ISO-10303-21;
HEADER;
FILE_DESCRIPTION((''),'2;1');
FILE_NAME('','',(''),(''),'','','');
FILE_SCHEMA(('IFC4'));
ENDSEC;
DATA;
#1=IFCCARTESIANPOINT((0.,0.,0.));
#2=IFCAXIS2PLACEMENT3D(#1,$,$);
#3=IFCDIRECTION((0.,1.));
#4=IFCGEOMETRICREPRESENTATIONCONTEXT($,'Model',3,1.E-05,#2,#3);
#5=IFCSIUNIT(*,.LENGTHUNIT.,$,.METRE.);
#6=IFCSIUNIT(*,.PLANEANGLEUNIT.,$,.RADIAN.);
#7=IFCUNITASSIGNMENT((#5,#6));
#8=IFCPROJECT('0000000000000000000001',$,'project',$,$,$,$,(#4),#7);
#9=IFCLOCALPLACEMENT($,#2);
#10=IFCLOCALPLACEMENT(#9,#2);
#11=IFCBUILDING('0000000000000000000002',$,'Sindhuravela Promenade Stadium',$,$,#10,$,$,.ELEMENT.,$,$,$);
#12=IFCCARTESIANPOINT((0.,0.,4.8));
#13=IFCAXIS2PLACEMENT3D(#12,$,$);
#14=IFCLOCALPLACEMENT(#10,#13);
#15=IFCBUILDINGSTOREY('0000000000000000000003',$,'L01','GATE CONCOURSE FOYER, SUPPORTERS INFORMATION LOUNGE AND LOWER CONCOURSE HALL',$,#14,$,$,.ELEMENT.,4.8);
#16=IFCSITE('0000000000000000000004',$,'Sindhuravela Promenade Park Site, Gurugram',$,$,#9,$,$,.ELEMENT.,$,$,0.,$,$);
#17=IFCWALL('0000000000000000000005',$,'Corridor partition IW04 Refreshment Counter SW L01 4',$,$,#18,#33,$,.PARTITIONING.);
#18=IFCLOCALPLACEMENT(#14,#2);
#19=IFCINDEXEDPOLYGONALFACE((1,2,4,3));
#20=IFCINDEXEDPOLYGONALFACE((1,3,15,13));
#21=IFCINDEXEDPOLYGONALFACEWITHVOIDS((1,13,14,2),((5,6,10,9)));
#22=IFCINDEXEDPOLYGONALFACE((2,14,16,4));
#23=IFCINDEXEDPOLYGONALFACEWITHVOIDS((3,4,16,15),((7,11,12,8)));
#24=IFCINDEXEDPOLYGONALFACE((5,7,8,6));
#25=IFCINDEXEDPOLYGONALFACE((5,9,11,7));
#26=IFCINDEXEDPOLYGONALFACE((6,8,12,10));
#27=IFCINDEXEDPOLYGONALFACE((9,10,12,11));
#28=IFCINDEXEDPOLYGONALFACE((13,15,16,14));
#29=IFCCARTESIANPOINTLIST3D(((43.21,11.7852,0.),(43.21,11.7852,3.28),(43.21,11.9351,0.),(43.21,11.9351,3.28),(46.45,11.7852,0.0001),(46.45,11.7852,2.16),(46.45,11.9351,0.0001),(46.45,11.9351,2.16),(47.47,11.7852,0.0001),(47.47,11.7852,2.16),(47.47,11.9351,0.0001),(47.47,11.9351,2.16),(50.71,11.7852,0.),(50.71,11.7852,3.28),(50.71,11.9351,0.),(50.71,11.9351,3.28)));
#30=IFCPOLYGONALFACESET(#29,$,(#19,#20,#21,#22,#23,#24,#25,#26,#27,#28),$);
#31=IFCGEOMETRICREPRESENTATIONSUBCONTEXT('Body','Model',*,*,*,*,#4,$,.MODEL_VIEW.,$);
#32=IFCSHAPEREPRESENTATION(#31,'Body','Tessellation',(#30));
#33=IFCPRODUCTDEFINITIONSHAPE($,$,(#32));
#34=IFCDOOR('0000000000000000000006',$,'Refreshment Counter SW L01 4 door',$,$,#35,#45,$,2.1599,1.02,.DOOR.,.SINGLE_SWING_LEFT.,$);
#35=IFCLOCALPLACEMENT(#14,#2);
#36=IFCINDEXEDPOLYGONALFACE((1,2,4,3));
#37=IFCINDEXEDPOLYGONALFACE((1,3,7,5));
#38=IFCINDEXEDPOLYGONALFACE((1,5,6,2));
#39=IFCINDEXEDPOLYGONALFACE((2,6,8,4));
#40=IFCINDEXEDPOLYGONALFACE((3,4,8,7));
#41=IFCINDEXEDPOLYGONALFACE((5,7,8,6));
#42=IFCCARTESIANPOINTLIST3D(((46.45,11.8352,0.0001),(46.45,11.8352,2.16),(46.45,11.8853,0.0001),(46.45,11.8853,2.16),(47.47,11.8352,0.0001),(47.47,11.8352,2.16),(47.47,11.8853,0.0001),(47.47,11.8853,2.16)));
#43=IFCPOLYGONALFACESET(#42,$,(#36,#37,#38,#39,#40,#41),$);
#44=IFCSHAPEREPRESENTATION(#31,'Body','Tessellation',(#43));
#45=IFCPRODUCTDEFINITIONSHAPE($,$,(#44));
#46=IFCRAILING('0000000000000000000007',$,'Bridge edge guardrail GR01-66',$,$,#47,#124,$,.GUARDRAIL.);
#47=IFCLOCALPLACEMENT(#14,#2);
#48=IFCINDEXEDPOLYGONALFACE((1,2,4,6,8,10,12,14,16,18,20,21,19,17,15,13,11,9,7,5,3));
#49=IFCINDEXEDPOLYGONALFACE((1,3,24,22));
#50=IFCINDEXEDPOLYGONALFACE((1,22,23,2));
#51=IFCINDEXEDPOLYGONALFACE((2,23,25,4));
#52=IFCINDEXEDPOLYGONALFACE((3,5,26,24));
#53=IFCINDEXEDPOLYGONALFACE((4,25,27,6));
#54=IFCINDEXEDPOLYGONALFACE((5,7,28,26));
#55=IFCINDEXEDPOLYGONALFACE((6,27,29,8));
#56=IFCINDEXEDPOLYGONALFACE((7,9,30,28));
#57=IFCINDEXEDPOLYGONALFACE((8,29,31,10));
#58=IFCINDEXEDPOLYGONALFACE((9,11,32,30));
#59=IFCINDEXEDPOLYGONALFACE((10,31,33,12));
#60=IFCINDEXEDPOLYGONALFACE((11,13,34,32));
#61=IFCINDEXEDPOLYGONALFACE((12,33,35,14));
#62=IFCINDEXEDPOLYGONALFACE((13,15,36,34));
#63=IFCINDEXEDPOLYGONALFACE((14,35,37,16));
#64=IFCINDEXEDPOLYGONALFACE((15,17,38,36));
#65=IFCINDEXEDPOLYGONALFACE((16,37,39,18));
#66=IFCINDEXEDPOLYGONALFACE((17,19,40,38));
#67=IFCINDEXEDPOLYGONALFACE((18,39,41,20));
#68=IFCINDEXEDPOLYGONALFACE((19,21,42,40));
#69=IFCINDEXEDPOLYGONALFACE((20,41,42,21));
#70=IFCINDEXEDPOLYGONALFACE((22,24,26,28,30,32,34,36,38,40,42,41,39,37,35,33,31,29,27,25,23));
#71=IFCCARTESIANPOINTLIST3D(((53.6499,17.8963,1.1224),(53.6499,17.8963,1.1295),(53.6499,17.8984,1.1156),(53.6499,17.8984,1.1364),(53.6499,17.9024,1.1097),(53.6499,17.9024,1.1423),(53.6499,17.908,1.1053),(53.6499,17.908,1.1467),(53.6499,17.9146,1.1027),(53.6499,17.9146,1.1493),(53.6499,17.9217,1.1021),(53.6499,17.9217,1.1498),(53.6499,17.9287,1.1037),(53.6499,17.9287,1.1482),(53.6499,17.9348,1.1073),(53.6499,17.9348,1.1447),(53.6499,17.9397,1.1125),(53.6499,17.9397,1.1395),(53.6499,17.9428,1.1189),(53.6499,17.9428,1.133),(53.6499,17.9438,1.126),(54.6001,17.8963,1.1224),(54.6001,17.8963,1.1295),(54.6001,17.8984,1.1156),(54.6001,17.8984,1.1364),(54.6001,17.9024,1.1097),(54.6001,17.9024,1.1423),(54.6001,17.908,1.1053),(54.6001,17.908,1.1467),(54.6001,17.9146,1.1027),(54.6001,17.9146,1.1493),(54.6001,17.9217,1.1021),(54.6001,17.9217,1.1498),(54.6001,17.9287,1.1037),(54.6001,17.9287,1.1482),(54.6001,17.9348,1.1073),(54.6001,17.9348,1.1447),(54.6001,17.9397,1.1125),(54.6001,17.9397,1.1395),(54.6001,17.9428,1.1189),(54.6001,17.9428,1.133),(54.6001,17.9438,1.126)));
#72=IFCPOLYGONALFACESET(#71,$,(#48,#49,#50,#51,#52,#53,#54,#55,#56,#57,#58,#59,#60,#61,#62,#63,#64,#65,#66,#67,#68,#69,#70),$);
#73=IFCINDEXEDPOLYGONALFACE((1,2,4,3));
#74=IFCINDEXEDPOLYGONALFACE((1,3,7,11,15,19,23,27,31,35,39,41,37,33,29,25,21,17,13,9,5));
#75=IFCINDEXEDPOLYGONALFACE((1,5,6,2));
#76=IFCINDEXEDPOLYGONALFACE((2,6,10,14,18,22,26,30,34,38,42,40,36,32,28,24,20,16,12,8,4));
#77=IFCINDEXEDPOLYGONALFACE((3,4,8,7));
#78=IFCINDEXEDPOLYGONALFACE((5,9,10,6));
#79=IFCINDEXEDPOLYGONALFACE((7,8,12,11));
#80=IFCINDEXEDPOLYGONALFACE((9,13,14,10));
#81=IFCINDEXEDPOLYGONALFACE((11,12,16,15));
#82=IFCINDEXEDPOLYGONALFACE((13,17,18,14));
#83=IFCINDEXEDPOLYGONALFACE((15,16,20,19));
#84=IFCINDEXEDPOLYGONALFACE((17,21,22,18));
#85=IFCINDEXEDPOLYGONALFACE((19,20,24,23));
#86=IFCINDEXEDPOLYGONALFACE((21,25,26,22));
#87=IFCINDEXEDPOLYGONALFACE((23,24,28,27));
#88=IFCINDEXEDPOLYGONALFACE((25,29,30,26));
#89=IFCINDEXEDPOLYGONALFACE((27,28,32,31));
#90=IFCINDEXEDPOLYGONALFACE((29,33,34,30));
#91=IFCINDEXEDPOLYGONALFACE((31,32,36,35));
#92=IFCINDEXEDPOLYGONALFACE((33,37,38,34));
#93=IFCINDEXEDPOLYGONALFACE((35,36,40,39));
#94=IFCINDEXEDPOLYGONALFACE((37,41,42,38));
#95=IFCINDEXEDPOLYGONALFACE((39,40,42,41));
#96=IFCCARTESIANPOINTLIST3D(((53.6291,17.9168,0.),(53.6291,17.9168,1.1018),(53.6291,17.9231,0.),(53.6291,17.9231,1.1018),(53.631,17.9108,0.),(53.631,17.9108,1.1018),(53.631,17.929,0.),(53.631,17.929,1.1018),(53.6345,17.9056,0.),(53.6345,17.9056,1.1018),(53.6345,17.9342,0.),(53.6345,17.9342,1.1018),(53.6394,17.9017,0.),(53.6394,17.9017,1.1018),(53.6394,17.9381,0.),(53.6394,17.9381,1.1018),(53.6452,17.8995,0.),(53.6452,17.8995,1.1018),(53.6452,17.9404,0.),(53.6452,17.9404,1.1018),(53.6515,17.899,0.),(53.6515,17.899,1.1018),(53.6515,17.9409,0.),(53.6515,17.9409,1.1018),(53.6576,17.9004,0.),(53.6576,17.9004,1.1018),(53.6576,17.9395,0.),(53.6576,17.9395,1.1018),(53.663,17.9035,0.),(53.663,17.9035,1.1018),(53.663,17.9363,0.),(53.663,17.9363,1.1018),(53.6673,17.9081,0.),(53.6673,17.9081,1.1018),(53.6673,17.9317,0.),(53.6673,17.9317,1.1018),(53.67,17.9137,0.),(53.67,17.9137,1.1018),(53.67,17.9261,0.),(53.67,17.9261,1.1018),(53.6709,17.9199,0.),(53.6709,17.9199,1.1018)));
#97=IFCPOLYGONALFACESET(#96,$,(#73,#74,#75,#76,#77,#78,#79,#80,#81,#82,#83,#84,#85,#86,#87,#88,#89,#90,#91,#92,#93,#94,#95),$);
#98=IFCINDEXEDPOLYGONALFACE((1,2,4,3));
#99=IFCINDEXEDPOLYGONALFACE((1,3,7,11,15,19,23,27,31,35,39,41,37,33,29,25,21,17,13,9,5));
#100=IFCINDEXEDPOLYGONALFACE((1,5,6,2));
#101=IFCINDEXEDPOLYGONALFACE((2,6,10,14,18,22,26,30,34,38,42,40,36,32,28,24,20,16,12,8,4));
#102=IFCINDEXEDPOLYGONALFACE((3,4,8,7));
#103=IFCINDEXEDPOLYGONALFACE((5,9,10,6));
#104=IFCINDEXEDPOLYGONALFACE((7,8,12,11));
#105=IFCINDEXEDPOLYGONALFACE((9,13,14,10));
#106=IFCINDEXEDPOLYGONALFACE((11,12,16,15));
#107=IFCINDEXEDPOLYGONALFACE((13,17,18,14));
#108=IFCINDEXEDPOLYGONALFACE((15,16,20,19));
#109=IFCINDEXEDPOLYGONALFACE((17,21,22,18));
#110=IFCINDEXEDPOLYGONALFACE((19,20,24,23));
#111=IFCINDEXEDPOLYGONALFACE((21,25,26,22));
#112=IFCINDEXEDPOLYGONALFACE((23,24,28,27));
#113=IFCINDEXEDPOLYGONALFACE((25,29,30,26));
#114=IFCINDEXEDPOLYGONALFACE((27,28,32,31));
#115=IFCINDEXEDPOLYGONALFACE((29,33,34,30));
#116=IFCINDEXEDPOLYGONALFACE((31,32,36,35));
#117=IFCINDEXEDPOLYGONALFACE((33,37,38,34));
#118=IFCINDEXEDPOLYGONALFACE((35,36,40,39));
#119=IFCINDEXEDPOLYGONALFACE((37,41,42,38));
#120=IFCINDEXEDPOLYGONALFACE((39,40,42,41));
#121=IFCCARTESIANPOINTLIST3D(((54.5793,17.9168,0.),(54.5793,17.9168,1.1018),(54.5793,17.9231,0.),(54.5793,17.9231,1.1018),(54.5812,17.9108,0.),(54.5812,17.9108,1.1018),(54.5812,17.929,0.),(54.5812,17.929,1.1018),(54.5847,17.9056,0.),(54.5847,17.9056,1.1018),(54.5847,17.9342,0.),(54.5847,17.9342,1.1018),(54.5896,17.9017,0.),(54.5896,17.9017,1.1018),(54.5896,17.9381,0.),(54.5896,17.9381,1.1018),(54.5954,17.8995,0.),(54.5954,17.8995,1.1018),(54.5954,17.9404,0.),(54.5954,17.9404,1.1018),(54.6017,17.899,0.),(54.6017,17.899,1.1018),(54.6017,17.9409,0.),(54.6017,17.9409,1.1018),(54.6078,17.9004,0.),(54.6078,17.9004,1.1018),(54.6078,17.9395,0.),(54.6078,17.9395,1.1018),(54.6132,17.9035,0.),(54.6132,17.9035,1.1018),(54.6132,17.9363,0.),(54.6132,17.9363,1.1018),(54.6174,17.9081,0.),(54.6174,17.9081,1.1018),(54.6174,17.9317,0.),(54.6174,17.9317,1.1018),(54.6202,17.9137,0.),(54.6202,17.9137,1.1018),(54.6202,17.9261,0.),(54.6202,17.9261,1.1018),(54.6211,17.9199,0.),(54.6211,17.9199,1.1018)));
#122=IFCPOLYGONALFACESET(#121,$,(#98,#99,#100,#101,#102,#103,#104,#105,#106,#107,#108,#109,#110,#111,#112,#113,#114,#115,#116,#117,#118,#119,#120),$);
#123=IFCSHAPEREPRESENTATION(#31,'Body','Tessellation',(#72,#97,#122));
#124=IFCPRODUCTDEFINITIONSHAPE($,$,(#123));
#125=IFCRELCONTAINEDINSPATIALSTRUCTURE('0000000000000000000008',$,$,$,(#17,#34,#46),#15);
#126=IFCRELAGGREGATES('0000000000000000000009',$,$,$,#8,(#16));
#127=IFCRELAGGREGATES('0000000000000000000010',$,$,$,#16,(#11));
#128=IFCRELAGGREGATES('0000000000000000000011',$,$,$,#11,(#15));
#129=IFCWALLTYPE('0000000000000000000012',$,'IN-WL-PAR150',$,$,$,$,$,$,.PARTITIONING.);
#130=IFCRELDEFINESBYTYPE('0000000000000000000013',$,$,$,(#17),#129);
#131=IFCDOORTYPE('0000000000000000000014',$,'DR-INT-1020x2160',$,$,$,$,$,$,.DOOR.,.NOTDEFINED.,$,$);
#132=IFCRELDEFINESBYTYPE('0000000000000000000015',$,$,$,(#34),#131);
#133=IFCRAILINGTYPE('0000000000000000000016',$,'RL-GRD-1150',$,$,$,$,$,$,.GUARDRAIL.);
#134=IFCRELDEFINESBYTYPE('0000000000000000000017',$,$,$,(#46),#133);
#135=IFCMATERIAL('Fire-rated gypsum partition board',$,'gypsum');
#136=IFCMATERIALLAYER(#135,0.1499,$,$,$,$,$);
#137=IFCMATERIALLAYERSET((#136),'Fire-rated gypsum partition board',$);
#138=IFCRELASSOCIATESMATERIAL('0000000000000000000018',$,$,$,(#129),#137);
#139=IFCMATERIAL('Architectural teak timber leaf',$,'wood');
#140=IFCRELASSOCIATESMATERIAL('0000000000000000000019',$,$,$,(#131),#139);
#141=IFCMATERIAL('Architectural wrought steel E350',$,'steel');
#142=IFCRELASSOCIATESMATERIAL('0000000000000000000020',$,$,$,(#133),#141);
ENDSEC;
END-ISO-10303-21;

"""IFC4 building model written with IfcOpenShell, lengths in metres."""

from ifc_helpers import new_model, si_unit, direction, frame, frame_2d, origin, origin_2d, place, context, subcontext, project, spatial, rectangle, circle, extrude, material, layer, layer_set, type_object, element, fill, save


model = new_model("IFC4")

# Units and contexts
model_context = context("Model", 3, precision=1e-05, world=origin(), true_north=direction((0.0, 1.0)))
body_context = subcontext(model_context, "Body", "Model", "MODEL_VIEW")
ifc_project = project(units=[si_unit("LENGTHUNIT", "METRE"), si_unit("PLANEANGLEUNIT", "RADIAN")], contexts=[model_context])

# Site, building, storey
site_placement = place(None, origin())
site = spatial("IfcSite", under=ifc_project, at=site_placement, Name="Sindhuravela Promenade Park Site, Gurugram", CompositionType="ELEMENT", RefElevation=0.0)
building_placement = place(site_placement, origin())
building = spatial("IfcBuilding", under=site, at=building_placement, Name="Sindhuravela Promenade Stadium", CompositionType="ELEMENT")
storey_placement = place(building_placement, frame((0.0, 0.0, 4.8)))
storey = spatial("IfcBuildingStorey", under=building, at=storey_placement, Name="L01", Description="GATE CONCOURSE FOYER, SUPPORTERS INFORMATION LOUNGE AND LOWER CONCOURSE HALL", CompositionType="ELEMENT", Elevation=4.8)

# Shared definitions
ifc_material_1 = material(Name="Fire-rated gypsum partition board", Category="gypsum")

# Wall, opening, door
ifc_layer_1 = layer(ifc_material_1, 0.1499)
ifc_layer_set_1 = layer_set([ifc_layer_1], Name="Fire-rated gypsum partition board")
wall_type_1 = type_object("IfcWallType", Name="IN-WL-PAR150", PredefinedType="PARTITIONING", material=ifc_layer_set_1)
ifc_material_2 = material(Name="Architectural teak timber leaf", Category="wood")
wall_1_placement = place(storey_placement, frame((50.71, 11.8601, 0.0), z_axis=(0.0, 0.0, 1.0), x_axis=(-1.0, 0.0, 0.0)))
wall_1 = element("IfcWall", 1, at=wall_1_placement, inside=storey, type_object=wall_type_1, Name="Corridor partition IW04 Refreshment Counter SW L01 4", PredefinedType="PARTITIONING", context=body_context, shape_type="SweptSolid", body=[
    extrude(rectangle(XDim=7.5, YDim=0.1499, at=frame_2d((3.75, 0.0))), origin(), (0.0, 0.0, 1.0), 3.28),
])
opening_1_placement = place(wall_1_placement, frame((3.24, 0.0, 0.0)))
opening_1 = element("IfcOpeningElement", 2, at=opening_1_placement, cuts=wall_1, PredefinedType="OPENING", context=body_context, shape_type="SweptSolid", body=[
    extrude(rectangle(XDim=1.02, YDim=2.1599, at=frame_2d((0.51, 1.0801))), frame((0.0, 0.085, 0.0), z_axis=(0.0, -1.0, 0.0), x_axis=(1.0, 0.0, 0.0)), (0.0, 0.0, 1.0), 0.1699),
])
door_type_1 = type_object("IfcDoorType", Name="DR-INT-1020x2160", OperationType="NOTDEFINED", PredefinedType="DOOR", material=ifc_material_2)
door_1_placement = place(opening_1_placement, origin())
door_1 = element("IfcDoor", 3, at=door_1_placement, inside=storey, type_object=door_type_1, Name="Refreshment Counter SW L01 4 door", OperationType="SINGLE_SWING_LEFT", OverallHeight=2.1599, OverallWidth=1.02, PredefinedType="DOOR", context=body_context, shape_type="SweptSolid", body=[
    extrude(rectangle(XDim=1.02, YDim=2.1599, at=frame_2d((0.51, 1.0801))), frame((0.0, 0.0249, 0.0), z_axis=(0.0, -1.0, 0.0), x_axis=(1.0, 0.0, 0.0)), (0.0, 0.0, 1.0), 0.05),
])
fill(opening_1, door_1)

# Railing
ifc_material_3 = material(Name="Architectural wrought steel E350", Category="steel")
railing_type = type_object("IfcRailingType", Name="RL-GRD-1150", PredefinedType="GUARDRAIL", material=ifc_material_3)
railing_placement = place(storey_placement, frame((53.6499, 17.9199, 0.0)))
element("IfcRailing", 4, at=railing_placement, inside=storey, type_object=railing_type, Name="Bridge edge guardrail GR01-66", PredefinedType="GUARDRAIL", context=body_context, shape_type="SweptSolid", body=[
    extrude(circle(Radius=0.0239, at=origin_2d()), frame((0.0, 0.0, 1.126), z_axis=(1.0, 0.0, 0.0), x_axis=(0.0, 1.0, 0.0)), (0.0, 0.0, 1.0), 0.9502),
    extrude(circle(Radius=0.021, at=origin_2d()), origin(), (0.0, 0.0, 1.0), 1.1018),
    extrude(circle(Radius=0.021, at=origin_2d()), frame((0.9502, 0.0, 0.0)), (0.0, 0.0, 1.0), 1.1018),
])

save(model, "model.ifc")
